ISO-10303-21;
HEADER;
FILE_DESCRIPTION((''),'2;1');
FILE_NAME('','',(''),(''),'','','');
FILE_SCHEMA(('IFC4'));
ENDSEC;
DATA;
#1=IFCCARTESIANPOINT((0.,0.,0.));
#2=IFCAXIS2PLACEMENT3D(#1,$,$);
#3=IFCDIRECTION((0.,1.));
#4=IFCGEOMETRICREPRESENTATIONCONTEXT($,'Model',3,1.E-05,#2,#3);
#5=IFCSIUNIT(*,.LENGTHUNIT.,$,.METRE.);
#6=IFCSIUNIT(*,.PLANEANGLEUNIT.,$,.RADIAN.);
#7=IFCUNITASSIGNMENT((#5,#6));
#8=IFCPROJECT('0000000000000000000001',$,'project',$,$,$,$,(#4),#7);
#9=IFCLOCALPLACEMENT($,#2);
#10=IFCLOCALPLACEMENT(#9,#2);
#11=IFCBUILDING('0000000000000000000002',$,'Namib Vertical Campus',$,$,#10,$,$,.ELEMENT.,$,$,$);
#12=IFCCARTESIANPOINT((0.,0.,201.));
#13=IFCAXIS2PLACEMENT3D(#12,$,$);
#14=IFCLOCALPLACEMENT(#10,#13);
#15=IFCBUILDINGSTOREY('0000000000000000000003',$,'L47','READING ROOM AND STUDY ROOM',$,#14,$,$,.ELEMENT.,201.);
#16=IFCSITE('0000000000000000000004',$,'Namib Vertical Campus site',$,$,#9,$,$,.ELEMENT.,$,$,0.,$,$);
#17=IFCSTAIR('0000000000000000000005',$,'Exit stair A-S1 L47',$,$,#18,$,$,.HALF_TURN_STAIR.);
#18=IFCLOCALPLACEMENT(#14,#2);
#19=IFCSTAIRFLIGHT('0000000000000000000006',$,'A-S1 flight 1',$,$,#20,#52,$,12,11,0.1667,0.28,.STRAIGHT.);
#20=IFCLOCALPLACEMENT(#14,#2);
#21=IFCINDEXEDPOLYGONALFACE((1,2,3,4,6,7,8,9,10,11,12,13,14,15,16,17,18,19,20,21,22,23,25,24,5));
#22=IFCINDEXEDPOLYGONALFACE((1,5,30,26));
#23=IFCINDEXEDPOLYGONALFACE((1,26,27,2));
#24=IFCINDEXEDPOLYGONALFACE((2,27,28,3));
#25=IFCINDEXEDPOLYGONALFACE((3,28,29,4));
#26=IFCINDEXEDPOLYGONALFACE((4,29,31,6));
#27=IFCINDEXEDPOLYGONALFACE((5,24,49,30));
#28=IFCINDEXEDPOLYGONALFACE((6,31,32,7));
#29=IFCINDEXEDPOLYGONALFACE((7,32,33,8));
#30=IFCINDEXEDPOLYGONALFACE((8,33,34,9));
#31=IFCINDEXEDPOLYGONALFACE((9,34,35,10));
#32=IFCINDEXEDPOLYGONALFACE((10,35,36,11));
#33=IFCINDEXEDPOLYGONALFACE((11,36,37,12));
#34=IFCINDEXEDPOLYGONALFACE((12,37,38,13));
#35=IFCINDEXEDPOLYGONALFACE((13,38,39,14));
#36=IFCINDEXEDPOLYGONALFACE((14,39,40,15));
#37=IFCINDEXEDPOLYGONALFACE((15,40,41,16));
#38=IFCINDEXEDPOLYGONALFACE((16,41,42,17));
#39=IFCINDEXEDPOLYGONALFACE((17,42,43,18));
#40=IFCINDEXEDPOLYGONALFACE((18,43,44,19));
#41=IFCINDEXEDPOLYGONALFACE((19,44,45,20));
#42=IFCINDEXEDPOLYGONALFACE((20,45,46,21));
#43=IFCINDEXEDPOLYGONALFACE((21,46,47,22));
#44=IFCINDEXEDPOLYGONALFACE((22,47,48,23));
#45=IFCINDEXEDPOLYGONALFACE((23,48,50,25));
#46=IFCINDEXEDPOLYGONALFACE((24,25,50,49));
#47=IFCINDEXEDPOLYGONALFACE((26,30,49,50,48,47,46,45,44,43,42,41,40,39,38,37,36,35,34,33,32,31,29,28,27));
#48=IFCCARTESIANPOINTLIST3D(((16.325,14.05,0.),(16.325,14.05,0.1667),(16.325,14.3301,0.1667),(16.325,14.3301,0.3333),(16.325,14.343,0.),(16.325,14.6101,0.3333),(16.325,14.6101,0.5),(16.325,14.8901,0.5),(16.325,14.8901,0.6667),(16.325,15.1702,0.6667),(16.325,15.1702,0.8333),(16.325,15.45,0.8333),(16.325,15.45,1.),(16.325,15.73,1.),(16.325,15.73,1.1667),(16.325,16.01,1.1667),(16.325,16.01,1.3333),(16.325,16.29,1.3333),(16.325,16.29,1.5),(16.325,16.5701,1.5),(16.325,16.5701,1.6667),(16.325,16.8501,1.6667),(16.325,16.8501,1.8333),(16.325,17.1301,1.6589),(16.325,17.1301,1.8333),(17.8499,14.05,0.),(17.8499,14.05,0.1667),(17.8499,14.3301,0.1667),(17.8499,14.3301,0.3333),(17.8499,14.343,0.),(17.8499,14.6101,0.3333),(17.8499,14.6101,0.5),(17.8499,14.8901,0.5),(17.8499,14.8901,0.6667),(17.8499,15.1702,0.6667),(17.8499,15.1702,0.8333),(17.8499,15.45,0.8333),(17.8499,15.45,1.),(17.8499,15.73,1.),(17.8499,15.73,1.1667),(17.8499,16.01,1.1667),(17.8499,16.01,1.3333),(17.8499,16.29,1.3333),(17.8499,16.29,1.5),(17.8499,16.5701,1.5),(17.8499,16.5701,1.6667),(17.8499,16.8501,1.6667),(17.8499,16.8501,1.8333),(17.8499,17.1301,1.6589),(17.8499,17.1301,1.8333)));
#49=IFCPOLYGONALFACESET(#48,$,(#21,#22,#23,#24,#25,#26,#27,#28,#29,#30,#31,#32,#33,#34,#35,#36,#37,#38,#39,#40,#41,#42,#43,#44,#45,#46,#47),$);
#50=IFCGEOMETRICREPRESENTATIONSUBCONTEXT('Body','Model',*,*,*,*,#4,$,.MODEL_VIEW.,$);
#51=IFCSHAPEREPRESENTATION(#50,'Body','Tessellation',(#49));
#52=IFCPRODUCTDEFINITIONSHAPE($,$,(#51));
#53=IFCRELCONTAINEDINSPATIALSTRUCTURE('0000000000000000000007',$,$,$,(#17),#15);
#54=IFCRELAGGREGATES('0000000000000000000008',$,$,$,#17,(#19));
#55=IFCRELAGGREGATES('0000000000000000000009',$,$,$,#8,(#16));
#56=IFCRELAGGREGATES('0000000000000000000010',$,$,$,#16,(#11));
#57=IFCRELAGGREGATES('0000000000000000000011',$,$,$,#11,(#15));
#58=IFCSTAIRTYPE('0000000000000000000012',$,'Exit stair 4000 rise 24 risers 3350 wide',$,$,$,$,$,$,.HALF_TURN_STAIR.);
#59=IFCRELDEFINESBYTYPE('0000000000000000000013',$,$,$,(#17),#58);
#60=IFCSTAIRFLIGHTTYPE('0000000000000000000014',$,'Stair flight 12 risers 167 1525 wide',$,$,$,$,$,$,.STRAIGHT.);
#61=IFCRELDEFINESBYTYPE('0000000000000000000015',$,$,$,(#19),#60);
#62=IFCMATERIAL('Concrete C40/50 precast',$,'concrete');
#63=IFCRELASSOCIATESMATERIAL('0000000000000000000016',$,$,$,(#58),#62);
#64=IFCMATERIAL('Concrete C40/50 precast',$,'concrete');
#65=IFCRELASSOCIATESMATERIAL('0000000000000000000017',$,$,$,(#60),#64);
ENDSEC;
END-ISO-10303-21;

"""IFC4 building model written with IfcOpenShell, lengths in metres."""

from ifc_helpers import new_model, si_unit, direction, frame, origin, place, context, subcontext, project, spatial, polyline, outline, extrude, material, type_object, element, aggregate, save


model = new_model("IFC4")

# Units and contexts
model_context = context("Model", 3, precision=1e-05, world=origin(), true_north=direction((0.0, 1.0)))
body_context = subcontext(model_context, "Body", "Model", "MODEL_VIEW")
ifc_project = project(units=[si_unit("LENGTHUNIT", "METRE"), si_unit("PLANEANGLEUNIT", "RADIAN")], contexts=[model_context])

# Site, building, storey
site_placement = place(None, origin())
site = spatial("IfcSite", under=ifc_project, at=site_placement, Name="Namib Vertical Campus site", CompositionType="ELEMENT", RefElevation=0.0)
building_placement = place(site_placement, origin())
building = spatial("IfcBuilding", under=site, at=building_placement, Name="Namib Vertical Campus", CompositionType="ELEMENT")
storey_placement = place(building_placement, frame((0.0, 0.0, 201.0)))
storey = spatial("IfcBuildingStorey", under=building, at=storey_placement, Name="L47", Description="READING ROOM AND STUDY ROOM", CompositionType="ELEMENT", Elevation=201.0)

# Stair, stair flight
ifc_material_1 = material(Name="Concrete C40/50 precast", Category="concrete")
stair_type = type_object("IfcStairType", Name="Exit stair 4000 rise 24 risers 3350 wide", PredefinedType="HALF_TURN_STAIR", material=ifc_material_1)
stair_placement = place(storey_placement, origin())
stair = element("IfcStair", 1, at=stair_placement, inside=storey, type_object=stair_type, Name="Exit stair A-S1 L47", PredefinedType="HALF_TURN_STAIR")
ifc_material_2 = material(Name="Concrete C40/50 precast", Category="concrete")
stair_flight_type = type_object("IfcStairFlightType", Name="Stair flight 12 risers 167 1525 wide", PredefinedType="STRAIGHT", material=ifc_material_2)
stair_flight_placement = place(storey_placement, frame((17.0874, 14.05, 0.0), z_axis=(0.0, 0.0, 1.0), x_axis=(0.0, 1.0, 0.0)))
stair_flight = element("IfcStairFlight", 2, at=stair_flight_placement, type_object=stair_flight_type, Name="A-S1 flight 1", NumberOfRisers=12, NumberOfTreads=11, PredefinedType="STRAIGHT", RiserHeight=0.1667, TreadLength=0.28, context=body_context, shape_type="SweptSolid", body=[
    extrude(outline(polyline([(0.0, 0.0), (0.0, 0.1667), (0.28, 0.1667), (0.28, 0.3333), (0.5601, 0.3333), (0.5601, 0.5), (0.8401, 0.5), (0.8401, 0.6667), (1.1201, 0.6667), (1.1201, 0.8333), (1.3999, 0.8333), (1.3999, 1.0), (1.6799, 1.0), (1.6799, 1.1667), (1.96, 1.1667), (1.96, 1.3333), (2.24, 1.3333), (2.24, 1.5), (2.52, 1.5), (2.52, 1.6667), (2.8, 1.6667), (2.8, 1.8333), (3.0801, 1.8333), (3.0801, 2.0), (3.0801, 1.6589), (0.293, 0.0), (0.0, 0.0)])), frame((0.0, 0.7625, 0.0), z_axis=(0.0, -1.0, 0.0), x_axis=(1.0, 0.0, 0.0)), (0.0, 0.0, 1.0), 1.5249),
])
aggregate(stair, [stair_flight])

save(model, "model.ifc")
